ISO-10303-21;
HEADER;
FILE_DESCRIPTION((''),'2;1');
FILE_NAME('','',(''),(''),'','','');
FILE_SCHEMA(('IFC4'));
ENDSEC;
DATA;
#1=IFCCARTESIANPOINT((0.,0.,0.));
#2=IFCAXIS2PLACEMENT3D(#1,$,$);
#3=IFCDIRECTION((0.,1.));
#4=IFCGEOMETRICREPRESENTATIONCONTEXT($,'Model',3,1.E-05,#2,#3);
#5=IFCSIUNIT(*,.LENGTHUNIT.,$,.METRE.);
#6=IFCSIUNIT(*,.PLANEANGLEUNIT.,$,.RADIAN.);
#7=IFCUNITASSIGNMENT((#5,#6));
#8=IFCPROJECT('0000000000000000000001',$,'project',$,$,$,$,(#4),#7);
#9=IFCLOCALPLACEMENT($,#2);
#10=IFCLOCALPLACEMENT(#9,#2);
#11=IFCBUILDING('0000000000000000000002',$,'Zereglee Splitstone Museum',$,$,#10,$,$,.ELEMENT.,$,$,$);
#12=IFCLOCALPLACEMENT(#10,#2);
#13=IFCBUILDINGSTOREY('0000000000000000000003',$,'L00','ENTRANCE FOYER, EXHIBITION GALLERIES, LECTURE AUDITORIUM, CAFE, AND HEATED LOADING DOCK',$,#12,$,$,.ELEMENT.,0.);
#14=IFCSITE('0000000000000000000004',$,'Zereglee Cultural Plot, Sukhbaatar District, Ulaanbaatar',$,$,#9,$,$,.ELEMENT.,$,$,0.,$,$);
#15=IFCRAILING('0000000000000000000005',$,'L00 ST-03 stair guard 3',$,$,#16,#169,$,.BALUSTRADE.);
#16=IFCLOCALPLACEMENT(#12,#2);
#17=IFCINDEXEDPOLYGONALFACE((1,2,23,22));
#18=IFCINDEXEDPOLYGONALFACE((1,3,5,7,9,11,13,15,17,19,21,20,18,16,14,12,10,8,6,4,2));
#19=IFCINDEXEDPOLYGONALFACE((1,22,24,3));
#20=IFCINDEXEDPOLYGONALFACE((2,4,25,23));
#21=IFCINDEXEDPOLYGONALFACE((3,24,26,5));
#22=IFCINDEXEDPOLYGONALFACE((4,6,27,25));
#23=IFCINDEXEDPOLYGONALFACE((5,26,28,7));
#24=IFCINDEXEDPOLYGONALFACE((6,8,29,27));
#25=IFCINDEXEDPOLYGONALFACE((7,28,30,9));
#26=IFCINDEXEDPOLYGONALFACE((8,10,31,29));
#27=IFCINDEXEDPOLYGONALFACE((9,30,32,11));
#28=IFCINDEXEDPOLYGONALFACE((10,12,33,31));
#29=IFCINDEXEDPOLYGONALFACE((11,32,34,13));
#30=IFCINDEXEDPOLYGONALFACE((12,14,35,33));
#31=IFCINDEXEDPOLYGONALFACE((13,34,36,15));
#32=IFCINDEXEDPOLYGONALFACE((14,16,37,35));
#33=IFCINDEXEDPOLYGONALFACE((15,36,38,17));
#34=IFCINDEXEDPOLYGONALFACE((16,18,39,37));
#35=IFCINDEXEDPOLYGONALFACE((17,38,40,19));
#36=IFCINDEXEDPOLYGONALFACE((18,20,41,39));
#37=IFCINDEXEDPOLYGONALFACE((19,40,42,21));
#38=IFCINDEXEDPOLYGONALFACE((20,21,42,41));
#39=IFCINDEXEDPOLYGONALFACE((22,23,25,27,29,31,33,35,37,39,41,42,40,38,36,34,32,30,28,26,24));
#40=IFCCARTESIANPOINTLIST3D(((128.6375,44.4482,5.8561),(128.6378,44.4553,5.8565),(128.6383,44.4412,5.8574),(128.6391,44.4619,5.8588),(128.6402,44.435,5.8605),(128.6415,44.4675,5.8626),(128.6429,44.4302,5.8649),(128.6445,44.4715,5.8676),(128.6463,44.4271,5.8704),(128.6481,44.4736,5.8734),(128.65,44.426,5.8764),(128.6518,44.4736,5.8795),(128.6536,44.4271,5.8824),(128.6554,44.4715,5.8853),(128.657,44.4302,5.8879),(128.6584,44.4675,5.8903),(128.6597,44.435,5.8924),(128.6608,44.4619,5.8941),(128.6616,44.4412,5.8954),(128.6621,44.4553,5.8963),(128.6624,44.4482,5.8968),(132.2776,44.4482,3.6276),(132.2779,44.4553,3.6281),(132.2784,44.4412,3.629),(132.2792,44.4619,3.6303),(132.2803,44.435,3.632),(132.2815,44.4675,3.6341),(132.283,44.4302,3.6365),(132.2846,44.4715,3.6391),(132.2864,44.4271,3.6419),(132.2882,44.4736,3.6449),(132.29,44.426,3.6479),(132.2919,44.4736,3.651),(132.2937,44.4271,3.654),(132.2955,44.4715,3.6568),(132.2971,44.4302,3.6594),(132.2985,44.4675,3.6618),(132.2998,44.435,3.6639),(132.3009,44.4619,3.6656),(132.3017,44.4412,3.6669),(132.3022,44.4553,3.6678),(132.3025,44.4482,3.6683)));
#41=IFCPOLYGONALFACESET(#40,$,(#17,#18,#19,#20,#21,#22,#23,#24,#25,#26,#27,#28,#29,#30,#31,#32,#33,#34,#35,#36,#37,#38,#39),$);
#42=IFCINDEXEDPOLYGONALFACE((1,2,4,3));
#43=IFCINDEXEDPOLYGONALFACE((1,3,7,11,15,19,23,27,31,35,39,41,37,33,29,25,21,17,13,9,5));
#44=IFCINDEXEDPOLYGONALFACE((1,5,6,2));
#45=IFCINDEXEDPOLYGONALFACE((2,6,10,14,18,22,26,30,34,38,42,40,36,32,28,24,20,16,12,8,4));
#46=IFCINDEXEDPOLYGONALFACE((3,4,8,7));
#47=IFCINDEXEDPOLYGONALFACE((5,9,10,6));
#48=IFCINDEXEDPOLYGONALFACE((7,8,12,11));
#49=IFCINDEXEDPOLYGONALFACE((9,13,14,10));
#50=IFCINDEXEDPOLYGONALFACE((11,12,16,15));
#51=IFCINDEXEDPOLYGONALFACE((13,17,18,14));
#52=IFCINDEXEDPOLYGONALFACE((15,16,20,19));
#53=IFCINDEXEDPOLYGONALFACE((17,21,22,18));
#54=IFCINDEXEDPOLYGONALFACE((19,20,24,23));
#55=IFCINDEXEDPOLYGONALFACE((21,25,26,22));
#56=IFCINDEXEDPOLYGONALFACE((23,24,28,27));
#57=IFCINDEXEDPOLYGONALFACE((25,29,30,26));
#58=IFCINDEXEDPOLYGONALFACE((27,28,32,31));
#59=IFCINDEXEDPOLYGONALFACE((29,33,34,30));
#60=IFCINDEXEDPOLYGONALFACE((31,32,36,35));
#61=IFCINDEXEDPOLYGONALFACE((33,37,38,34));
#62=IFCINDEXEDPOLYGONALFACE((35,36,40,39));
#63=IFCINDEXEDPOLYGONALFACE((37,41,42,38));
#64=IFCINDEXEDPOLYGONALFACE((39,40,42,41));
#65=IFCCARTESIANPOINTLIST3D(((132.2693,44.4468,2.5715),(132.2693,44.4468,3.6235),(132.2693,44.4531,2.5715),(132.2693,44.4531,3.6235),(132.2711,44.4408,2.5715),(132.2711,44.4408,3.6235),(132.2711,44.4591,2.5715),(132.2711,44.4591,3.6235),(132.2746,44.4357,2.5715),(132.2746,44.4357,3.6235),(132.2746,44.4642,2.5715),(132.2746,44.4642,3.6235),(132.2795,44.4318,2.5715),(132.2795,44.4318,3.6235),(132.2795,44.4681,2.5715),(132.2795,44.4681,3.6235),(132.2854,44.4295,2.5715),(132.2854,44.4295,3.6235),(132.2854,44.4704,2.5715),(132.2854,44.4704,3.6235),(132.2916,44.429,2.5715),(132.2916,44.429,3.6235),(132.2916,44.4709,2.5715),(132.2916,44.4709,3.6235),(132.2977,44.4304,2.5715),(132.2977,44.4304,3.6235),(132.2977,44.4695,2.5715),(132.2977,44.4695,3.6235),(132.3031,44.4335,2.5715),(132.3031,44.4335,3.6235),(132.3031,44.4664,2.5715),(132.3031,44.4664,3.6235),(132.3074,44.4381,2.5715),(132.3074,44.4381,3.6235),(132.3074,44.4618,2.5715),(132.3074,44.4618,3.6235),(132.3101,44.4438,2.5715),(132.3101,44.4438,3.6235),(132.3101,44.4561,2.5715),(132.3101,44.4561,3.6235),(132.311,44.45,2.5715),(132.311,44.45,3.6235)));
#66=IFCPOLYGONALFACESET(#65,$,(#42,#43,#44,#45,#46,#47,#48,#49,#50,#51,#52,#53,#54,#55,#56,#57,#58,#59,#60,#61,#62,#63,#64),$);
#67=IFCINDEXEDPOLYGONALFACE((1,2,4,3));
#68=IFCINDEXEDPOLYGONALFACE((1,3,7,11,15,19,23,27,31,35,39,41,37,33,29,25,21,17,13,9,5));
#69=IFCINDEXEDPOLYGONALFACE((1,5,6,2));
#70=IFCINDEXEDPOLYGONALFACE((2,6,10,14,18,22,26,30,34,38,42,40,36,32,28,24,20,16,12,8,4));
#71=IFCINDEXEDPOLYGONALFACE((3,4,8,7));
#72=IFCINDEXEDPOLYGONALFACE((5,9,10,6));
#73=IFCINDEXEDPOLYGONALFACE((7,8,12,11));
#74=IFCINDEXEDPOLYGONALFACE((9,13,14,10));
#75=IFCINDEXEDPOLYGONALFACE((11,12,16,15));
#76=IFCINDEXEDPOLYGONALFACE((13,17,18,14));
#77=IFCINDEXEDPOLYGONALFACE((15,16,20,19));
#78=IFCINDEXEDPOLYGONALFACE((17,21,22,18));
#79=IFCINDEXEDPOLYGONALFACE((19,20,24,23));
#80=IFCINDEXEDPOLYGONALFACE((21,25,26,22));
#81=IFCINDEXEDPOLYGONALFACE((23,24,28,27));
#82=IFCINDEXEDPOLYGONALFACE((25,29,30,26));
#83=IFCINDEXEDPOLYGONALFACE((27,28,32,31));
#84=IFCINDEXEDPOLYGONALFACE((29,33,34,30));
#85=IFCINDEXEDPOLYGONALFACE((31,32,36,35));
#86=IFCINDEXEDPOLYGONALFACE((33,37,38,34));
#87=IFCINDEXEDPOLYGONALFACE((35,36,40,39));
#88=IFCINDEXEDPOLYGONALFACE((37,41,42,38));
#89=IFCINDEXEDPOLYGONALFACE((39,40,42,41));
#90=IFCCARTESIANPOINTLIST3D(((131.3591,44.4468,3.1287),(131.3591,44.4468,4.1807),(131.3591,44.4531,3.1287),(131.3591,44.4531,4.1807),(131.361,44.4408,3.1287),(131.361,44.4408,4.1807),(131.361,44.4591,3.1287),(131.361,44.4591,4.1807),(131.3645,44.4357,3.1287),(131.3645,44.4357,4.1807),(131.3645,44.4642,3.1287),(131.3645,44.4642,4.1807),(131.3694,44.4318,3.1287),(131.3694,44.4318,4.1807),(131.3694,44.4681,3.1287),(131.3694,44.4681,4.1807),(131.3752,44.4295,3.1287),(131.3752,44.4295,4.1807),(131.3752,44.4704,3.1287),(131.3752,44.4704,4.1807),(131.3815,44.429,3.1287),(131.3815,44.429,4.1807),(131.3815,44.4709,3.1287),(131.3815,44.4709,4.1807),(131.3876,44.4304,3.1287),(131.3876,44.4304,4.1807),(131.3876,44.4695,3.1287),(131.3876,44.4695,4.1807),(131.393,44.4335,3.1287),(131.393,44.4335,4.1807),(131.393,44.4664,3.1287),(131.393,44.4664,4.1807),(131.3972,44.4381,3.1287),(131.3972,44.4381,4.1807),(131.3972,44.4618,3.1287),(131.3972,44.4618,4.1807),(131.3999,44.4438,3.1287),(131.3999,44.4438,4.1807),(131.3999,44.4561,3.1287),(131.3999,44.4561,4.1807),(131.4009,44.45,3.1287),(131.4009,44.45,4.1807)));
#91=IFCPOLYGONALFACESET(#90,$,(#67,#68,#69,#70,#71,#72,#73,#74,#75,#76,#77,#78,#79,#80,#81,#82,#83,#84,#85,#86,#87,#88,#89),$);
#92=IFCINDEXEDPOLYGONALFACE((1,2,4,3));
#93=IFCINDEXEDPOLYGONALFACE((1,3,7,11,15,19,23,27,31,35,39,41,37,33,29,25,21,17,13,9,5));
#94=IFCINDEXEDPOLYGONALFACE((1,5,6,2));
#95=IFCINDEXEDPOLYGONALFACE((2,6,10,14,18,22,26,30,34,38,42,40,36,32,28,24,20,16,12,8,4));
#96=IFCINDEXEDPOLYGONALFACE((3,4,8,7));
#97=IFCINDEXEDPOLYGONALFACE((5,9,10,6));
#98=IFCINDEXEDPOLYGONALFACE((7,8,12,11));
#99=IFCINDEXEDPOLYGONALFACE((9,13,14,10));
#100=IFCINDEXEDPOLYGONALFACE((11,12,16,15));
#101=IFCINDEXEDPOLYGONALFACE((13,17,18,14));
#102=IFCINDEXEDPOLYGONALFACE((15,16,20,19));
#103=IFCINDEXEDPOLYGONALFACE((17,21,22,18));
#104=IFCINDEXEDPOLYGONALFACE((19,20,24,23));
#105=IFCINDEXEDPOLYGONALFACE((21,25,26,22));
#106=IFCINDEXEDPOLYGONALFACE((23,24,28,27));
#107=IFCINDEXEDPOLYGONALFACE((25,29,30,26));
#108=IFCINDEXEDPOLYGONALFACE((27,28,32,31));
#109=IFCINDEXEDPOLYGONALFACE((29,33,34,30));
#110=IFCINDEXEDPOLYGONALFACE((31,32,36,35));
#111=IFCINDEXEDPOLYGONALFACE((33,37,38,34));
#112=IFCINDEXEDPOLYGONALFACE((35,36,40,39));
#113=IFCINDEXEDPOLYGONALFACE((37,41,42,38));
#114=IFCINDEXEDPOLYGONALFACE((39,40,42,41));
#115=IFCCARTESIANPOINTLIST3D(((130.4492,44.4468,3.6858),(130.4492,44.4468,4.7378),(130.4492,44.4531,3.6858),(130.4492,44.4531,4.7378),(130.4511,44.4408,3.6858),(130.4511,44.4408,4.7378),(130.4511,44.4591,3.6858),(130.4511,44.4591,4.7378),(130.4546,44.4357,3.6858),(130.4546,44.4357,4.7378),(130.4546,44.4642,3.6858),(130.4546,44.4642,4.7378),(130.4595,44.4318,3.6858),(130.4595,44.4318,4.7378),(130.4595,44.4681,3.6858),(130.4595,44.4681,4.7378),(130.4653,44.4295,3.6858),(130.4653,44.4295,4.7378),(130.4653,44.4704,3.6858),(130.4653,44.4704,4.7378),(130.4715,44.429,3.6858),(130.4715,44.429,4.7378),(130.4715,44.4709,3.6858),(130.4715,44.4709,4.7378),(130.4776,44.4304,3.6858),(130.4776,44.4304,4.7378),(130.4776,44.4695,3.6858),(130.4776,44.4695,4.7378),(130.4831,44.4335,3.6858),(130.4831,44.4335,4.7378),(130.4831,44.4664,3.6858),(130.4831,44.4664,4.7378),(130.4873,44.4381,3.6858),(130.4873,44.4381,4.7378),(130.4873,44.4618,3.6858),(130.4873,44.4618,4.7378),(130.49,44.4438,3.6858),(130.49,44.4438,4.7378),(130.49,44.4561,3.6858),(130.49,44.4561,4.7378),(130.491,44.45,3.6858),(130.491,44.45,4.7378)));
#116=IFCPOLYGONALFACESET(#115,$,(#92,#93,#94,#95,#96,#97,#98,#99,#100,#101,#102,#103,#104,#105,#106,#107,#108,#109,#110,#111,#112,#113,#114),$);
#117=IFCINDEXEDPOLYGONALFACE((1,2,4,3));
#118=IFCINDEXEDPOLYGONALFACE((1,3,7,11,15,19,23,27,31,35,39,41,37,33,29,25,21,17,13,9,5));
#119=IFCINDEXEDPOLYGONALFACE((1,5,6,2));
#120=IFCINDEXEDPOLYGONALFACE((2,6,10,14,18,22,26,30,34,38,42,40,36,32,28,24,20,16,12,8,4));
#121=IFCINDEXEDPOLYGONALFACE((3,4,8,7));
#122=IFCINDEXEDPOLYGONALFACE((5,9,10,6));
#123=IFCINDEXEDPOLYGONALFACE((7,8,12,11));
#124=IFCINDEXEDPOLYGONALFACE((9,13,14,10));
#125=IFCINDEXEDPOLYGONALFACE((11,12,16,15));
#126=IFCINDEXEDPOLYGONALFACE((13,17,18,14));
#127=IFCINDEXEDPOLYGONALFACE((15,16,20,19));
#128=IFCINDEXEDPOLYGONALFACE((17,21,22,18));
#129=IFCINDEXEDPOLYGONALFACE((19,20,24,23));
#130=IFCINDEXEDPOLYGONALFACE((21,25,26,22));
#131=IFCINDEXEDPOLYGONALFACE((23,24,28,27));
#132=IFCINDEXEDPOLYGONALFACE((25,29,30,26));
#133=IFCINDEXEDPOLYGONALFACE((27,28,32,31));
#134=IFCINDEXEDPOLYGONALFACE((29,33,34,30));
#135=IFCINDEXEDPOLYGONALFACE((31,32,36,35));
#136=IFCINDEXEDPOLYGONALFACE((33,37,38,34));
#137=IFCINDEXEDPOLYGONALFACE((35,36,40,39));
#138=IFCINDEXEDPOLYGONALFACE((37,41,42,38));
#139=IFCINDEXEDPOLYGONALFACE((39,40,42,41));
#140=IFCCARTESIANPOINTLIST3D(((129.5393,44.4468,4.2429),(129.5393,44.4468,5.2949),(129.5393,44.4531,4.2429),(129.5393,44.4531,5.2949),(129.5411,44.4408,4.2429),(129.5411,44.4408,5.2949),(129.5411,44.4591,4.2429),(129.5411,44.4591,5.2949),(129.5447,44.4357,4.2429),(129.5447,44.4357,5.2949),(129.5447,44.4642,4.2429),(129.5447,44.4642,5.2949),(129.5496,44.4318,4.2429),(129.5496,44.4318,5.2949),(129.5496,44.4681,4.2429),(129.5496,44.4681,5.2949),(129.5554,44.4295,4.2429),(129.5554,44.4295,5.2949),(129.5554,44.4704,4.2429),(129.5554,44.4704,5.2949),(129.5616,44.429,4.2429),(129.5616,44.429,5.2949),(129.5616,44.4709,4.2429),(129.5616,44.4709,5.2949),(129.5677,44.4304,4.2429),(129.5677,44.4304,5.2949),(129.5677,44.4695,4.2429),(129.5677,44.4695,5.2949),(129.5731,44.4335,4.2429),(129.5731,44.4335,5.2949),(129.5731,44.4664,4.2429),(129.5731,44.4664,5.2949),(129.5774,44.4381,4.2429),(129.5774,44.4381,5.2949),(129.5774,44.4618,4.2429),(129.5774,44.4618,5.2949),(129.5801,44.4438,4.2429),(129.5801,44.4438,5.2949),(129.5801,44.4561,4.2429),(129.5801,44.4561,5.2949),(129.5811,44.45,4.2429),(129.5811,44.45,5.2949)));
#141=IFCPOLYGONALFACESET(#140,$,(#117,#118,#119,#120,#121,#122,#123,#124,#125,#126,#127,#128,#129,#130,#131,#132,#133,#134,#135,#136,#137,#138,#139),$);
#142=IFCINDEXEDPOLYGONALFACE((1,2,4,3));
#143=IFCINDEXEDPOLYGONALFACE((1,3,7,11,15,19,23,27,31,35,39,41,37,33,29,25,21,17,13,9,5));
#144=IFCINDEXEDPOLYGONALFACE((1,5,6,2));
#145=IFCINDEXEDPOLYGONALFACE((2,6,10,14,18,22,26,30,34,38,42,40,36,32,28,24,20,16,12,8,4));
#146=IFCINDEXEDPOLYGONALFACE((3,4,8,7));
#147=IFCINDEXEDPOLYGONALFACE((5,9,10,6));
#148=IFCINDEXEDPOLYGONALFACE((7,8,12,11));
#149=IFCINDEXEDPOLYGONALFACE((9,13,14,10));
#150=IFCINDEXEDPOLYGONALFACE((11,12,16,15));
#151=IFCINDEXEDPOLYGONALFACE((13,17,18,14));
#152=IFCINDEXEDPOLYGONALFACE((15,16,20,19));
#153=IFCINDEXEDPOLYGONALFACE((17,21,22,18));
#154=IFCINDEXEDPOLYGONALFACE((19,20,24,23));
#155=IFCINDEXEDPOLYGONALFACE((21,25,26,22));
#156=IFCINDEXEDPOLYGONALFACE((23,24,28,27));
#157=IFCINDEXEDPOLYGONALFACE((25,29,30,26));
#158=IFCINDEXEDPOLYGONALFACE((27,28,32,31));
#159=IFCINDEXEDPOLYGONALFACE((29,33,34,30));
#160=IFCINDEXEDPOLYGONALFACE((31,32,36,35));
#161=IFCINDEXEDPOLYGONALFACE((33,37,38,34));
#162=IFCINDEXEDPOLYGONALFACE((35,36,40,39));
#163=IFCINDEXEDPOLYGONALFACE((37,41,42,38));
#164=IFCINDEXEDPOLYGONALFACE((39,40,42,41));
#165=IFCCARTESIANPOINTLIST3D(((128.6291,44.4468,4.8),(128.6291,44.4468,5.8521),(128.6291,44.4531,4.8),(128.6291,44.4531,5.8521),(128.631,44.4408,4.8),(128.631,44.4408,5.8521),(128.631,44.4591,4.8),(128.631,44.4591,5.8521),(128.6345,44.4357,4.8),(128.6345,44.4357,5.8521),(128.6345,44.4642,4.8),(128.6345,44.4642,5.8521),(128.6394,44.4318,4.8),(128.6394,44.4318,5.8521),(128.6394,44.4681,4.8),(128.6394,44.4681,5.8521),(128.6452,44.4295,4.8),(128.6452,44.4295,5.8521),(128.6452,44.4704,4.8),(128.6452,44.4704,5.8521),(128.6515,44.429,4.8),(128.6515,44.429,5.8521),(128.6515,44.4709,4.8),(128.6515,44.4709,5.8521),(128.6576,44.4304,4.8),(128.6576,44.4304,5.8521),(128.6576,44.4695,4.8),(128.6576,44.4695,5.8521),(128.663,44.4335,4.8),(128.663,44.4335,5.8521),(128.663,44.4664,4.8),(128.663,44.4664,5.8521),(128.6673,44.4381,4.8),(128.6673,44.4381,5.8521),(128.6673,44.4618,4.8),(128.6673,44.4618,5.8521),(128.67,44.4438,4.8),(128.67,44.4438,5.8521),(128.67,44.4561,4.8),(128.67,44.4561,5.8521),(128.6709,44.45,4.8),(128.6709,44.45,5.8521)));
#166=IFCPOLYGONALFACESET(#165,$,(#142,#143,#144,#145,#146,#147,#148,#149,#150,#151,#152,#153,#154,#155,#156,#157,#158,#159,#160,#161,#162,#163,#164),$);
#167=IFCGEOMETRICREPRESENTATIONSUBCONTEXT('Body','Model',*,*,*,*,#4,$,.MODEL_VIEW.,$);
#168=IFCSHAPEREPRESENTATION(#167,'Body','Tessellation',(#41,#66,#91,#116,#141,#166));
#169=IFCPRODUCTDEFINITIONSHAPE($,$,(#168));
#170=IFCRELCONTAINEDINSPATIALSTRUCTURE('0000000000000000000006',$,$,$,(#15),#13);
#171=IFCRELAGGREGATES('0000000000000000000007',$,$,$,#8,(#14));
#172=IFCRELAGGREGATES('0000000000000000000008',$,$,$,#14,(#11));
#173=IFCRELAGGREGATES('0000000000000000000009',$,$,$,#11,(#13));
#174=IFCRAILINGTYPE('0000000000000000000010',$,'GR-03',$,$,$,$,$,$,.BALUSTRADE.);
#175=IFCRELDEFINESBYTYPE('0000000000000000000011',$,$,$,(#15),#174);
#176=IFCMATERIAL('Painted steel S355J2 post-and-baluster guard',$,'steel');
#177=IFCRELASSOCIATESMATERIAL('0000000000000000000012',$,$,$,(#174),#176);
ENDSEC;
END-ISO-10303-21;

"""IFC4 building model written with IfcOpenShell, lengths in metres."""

from ifc_helpers import new_model, si_unit, direction, frame, origin, origin_2d, place, context, subcontext, project, spatial, circle, extrude, material, type_object, element, save


model = new_model("IFC4")

# Units and contexts
model_context = context("Model", 3, precision=1e-05, world=origin(), true_north=direction((0.0, 1.0)))
body_context = subcontext(model_context, "Body", "Model", "MODEL_VIEW")
ifc_project = project(units=[si_unit("LENGTHUNIT", "METRE"), si_unit("PLANEANGLEUNIT", "RADIAN")], contexts=[model_context])

# Site, building, storey
site_placement = place(None, origin())
site = spatial("IfcSite", under=ifc_project, at=site_placement, Name="Zereglee Cultural Plot, Sukhbaatar District, Ulaanbaatar", CompositionType="ELEMENT", RefElevation=0.0)
building_placement = place(site_placement, origin())
building = spatial("IfcBuilding", under=site, at=building_placement, Name="Zereglee Splitstone Museum", CompositionType="ELEMENT")
storey_placement = place(building_placement, origin())
storey = spatial("IfcBuildingStorey", under=building, at=storey_placement, Name="L00", Description="ENTRANCE FOYER, EXHIBITION GALLERIES, LECTURE AUDITORIUM, CAFE, AND HEATED LOADING DOCK", CompositionType="ELEMENT", Elevation=0.0)

# Railing
ifc_material_1 = material(Name="Painted steel S355J2 post-and-baluster guard", Category="steel")
railing_type_1 = type_object("IfcRailingType", Name="GR-03", PredefinedType="BALUSTRADE", material=ifc_material_1)
railing_1_placement = place(storey_placement, frame((132.29, 44.45, 2.5715)))
element("IfcRailing", 1, at=railing_1_placement, inside=storey, type_object=railing_type_1, Name="L00 ST-03 stair guard 3", PredefinedType="BALUSTRADE", context=body_context, shape_type="SweptSolid", body=[
    extrude(circle(Radius=0.0239, at=origin_2d()), frame((0.0, 0.0, 1.0764), z_axis=(-0.852866, 0.0, 0.52213), x_axis=(0.0, -1.0, 0.0)), (0.0, 0.0, 1.0), 4.2681),
    extrude(circle(Radius=0.021, at=origin_2d()), origin(), (0.0, 0.0, 1.0), 1.052),
    extrude(circle(Radius=0.021, at=origin_2d()), frame((-0.9102, 0.0, 0.5571)), (0.0, 0.0, 1.0), 1.052),
    extrude(circle(Radius=0.021, at=origin_2d()), frame((-1.8201, 0.0, 1.1143)), (0.0, 0.0, 1.0), 1.052),
    extrude(circle(Radius=0.021, at=origin_2d()), frame((-2.73, 0.0, 1.6714)), (0.0, 0.0, 1.0), 1.052),
    extrude(circle(Radius=0.021, at=origin_2d()), frame((-3.6401, 0.0, 2.2285)), (0.0, 0.0, 1.0), 1.052),
])

save(model, "model.ifc")
